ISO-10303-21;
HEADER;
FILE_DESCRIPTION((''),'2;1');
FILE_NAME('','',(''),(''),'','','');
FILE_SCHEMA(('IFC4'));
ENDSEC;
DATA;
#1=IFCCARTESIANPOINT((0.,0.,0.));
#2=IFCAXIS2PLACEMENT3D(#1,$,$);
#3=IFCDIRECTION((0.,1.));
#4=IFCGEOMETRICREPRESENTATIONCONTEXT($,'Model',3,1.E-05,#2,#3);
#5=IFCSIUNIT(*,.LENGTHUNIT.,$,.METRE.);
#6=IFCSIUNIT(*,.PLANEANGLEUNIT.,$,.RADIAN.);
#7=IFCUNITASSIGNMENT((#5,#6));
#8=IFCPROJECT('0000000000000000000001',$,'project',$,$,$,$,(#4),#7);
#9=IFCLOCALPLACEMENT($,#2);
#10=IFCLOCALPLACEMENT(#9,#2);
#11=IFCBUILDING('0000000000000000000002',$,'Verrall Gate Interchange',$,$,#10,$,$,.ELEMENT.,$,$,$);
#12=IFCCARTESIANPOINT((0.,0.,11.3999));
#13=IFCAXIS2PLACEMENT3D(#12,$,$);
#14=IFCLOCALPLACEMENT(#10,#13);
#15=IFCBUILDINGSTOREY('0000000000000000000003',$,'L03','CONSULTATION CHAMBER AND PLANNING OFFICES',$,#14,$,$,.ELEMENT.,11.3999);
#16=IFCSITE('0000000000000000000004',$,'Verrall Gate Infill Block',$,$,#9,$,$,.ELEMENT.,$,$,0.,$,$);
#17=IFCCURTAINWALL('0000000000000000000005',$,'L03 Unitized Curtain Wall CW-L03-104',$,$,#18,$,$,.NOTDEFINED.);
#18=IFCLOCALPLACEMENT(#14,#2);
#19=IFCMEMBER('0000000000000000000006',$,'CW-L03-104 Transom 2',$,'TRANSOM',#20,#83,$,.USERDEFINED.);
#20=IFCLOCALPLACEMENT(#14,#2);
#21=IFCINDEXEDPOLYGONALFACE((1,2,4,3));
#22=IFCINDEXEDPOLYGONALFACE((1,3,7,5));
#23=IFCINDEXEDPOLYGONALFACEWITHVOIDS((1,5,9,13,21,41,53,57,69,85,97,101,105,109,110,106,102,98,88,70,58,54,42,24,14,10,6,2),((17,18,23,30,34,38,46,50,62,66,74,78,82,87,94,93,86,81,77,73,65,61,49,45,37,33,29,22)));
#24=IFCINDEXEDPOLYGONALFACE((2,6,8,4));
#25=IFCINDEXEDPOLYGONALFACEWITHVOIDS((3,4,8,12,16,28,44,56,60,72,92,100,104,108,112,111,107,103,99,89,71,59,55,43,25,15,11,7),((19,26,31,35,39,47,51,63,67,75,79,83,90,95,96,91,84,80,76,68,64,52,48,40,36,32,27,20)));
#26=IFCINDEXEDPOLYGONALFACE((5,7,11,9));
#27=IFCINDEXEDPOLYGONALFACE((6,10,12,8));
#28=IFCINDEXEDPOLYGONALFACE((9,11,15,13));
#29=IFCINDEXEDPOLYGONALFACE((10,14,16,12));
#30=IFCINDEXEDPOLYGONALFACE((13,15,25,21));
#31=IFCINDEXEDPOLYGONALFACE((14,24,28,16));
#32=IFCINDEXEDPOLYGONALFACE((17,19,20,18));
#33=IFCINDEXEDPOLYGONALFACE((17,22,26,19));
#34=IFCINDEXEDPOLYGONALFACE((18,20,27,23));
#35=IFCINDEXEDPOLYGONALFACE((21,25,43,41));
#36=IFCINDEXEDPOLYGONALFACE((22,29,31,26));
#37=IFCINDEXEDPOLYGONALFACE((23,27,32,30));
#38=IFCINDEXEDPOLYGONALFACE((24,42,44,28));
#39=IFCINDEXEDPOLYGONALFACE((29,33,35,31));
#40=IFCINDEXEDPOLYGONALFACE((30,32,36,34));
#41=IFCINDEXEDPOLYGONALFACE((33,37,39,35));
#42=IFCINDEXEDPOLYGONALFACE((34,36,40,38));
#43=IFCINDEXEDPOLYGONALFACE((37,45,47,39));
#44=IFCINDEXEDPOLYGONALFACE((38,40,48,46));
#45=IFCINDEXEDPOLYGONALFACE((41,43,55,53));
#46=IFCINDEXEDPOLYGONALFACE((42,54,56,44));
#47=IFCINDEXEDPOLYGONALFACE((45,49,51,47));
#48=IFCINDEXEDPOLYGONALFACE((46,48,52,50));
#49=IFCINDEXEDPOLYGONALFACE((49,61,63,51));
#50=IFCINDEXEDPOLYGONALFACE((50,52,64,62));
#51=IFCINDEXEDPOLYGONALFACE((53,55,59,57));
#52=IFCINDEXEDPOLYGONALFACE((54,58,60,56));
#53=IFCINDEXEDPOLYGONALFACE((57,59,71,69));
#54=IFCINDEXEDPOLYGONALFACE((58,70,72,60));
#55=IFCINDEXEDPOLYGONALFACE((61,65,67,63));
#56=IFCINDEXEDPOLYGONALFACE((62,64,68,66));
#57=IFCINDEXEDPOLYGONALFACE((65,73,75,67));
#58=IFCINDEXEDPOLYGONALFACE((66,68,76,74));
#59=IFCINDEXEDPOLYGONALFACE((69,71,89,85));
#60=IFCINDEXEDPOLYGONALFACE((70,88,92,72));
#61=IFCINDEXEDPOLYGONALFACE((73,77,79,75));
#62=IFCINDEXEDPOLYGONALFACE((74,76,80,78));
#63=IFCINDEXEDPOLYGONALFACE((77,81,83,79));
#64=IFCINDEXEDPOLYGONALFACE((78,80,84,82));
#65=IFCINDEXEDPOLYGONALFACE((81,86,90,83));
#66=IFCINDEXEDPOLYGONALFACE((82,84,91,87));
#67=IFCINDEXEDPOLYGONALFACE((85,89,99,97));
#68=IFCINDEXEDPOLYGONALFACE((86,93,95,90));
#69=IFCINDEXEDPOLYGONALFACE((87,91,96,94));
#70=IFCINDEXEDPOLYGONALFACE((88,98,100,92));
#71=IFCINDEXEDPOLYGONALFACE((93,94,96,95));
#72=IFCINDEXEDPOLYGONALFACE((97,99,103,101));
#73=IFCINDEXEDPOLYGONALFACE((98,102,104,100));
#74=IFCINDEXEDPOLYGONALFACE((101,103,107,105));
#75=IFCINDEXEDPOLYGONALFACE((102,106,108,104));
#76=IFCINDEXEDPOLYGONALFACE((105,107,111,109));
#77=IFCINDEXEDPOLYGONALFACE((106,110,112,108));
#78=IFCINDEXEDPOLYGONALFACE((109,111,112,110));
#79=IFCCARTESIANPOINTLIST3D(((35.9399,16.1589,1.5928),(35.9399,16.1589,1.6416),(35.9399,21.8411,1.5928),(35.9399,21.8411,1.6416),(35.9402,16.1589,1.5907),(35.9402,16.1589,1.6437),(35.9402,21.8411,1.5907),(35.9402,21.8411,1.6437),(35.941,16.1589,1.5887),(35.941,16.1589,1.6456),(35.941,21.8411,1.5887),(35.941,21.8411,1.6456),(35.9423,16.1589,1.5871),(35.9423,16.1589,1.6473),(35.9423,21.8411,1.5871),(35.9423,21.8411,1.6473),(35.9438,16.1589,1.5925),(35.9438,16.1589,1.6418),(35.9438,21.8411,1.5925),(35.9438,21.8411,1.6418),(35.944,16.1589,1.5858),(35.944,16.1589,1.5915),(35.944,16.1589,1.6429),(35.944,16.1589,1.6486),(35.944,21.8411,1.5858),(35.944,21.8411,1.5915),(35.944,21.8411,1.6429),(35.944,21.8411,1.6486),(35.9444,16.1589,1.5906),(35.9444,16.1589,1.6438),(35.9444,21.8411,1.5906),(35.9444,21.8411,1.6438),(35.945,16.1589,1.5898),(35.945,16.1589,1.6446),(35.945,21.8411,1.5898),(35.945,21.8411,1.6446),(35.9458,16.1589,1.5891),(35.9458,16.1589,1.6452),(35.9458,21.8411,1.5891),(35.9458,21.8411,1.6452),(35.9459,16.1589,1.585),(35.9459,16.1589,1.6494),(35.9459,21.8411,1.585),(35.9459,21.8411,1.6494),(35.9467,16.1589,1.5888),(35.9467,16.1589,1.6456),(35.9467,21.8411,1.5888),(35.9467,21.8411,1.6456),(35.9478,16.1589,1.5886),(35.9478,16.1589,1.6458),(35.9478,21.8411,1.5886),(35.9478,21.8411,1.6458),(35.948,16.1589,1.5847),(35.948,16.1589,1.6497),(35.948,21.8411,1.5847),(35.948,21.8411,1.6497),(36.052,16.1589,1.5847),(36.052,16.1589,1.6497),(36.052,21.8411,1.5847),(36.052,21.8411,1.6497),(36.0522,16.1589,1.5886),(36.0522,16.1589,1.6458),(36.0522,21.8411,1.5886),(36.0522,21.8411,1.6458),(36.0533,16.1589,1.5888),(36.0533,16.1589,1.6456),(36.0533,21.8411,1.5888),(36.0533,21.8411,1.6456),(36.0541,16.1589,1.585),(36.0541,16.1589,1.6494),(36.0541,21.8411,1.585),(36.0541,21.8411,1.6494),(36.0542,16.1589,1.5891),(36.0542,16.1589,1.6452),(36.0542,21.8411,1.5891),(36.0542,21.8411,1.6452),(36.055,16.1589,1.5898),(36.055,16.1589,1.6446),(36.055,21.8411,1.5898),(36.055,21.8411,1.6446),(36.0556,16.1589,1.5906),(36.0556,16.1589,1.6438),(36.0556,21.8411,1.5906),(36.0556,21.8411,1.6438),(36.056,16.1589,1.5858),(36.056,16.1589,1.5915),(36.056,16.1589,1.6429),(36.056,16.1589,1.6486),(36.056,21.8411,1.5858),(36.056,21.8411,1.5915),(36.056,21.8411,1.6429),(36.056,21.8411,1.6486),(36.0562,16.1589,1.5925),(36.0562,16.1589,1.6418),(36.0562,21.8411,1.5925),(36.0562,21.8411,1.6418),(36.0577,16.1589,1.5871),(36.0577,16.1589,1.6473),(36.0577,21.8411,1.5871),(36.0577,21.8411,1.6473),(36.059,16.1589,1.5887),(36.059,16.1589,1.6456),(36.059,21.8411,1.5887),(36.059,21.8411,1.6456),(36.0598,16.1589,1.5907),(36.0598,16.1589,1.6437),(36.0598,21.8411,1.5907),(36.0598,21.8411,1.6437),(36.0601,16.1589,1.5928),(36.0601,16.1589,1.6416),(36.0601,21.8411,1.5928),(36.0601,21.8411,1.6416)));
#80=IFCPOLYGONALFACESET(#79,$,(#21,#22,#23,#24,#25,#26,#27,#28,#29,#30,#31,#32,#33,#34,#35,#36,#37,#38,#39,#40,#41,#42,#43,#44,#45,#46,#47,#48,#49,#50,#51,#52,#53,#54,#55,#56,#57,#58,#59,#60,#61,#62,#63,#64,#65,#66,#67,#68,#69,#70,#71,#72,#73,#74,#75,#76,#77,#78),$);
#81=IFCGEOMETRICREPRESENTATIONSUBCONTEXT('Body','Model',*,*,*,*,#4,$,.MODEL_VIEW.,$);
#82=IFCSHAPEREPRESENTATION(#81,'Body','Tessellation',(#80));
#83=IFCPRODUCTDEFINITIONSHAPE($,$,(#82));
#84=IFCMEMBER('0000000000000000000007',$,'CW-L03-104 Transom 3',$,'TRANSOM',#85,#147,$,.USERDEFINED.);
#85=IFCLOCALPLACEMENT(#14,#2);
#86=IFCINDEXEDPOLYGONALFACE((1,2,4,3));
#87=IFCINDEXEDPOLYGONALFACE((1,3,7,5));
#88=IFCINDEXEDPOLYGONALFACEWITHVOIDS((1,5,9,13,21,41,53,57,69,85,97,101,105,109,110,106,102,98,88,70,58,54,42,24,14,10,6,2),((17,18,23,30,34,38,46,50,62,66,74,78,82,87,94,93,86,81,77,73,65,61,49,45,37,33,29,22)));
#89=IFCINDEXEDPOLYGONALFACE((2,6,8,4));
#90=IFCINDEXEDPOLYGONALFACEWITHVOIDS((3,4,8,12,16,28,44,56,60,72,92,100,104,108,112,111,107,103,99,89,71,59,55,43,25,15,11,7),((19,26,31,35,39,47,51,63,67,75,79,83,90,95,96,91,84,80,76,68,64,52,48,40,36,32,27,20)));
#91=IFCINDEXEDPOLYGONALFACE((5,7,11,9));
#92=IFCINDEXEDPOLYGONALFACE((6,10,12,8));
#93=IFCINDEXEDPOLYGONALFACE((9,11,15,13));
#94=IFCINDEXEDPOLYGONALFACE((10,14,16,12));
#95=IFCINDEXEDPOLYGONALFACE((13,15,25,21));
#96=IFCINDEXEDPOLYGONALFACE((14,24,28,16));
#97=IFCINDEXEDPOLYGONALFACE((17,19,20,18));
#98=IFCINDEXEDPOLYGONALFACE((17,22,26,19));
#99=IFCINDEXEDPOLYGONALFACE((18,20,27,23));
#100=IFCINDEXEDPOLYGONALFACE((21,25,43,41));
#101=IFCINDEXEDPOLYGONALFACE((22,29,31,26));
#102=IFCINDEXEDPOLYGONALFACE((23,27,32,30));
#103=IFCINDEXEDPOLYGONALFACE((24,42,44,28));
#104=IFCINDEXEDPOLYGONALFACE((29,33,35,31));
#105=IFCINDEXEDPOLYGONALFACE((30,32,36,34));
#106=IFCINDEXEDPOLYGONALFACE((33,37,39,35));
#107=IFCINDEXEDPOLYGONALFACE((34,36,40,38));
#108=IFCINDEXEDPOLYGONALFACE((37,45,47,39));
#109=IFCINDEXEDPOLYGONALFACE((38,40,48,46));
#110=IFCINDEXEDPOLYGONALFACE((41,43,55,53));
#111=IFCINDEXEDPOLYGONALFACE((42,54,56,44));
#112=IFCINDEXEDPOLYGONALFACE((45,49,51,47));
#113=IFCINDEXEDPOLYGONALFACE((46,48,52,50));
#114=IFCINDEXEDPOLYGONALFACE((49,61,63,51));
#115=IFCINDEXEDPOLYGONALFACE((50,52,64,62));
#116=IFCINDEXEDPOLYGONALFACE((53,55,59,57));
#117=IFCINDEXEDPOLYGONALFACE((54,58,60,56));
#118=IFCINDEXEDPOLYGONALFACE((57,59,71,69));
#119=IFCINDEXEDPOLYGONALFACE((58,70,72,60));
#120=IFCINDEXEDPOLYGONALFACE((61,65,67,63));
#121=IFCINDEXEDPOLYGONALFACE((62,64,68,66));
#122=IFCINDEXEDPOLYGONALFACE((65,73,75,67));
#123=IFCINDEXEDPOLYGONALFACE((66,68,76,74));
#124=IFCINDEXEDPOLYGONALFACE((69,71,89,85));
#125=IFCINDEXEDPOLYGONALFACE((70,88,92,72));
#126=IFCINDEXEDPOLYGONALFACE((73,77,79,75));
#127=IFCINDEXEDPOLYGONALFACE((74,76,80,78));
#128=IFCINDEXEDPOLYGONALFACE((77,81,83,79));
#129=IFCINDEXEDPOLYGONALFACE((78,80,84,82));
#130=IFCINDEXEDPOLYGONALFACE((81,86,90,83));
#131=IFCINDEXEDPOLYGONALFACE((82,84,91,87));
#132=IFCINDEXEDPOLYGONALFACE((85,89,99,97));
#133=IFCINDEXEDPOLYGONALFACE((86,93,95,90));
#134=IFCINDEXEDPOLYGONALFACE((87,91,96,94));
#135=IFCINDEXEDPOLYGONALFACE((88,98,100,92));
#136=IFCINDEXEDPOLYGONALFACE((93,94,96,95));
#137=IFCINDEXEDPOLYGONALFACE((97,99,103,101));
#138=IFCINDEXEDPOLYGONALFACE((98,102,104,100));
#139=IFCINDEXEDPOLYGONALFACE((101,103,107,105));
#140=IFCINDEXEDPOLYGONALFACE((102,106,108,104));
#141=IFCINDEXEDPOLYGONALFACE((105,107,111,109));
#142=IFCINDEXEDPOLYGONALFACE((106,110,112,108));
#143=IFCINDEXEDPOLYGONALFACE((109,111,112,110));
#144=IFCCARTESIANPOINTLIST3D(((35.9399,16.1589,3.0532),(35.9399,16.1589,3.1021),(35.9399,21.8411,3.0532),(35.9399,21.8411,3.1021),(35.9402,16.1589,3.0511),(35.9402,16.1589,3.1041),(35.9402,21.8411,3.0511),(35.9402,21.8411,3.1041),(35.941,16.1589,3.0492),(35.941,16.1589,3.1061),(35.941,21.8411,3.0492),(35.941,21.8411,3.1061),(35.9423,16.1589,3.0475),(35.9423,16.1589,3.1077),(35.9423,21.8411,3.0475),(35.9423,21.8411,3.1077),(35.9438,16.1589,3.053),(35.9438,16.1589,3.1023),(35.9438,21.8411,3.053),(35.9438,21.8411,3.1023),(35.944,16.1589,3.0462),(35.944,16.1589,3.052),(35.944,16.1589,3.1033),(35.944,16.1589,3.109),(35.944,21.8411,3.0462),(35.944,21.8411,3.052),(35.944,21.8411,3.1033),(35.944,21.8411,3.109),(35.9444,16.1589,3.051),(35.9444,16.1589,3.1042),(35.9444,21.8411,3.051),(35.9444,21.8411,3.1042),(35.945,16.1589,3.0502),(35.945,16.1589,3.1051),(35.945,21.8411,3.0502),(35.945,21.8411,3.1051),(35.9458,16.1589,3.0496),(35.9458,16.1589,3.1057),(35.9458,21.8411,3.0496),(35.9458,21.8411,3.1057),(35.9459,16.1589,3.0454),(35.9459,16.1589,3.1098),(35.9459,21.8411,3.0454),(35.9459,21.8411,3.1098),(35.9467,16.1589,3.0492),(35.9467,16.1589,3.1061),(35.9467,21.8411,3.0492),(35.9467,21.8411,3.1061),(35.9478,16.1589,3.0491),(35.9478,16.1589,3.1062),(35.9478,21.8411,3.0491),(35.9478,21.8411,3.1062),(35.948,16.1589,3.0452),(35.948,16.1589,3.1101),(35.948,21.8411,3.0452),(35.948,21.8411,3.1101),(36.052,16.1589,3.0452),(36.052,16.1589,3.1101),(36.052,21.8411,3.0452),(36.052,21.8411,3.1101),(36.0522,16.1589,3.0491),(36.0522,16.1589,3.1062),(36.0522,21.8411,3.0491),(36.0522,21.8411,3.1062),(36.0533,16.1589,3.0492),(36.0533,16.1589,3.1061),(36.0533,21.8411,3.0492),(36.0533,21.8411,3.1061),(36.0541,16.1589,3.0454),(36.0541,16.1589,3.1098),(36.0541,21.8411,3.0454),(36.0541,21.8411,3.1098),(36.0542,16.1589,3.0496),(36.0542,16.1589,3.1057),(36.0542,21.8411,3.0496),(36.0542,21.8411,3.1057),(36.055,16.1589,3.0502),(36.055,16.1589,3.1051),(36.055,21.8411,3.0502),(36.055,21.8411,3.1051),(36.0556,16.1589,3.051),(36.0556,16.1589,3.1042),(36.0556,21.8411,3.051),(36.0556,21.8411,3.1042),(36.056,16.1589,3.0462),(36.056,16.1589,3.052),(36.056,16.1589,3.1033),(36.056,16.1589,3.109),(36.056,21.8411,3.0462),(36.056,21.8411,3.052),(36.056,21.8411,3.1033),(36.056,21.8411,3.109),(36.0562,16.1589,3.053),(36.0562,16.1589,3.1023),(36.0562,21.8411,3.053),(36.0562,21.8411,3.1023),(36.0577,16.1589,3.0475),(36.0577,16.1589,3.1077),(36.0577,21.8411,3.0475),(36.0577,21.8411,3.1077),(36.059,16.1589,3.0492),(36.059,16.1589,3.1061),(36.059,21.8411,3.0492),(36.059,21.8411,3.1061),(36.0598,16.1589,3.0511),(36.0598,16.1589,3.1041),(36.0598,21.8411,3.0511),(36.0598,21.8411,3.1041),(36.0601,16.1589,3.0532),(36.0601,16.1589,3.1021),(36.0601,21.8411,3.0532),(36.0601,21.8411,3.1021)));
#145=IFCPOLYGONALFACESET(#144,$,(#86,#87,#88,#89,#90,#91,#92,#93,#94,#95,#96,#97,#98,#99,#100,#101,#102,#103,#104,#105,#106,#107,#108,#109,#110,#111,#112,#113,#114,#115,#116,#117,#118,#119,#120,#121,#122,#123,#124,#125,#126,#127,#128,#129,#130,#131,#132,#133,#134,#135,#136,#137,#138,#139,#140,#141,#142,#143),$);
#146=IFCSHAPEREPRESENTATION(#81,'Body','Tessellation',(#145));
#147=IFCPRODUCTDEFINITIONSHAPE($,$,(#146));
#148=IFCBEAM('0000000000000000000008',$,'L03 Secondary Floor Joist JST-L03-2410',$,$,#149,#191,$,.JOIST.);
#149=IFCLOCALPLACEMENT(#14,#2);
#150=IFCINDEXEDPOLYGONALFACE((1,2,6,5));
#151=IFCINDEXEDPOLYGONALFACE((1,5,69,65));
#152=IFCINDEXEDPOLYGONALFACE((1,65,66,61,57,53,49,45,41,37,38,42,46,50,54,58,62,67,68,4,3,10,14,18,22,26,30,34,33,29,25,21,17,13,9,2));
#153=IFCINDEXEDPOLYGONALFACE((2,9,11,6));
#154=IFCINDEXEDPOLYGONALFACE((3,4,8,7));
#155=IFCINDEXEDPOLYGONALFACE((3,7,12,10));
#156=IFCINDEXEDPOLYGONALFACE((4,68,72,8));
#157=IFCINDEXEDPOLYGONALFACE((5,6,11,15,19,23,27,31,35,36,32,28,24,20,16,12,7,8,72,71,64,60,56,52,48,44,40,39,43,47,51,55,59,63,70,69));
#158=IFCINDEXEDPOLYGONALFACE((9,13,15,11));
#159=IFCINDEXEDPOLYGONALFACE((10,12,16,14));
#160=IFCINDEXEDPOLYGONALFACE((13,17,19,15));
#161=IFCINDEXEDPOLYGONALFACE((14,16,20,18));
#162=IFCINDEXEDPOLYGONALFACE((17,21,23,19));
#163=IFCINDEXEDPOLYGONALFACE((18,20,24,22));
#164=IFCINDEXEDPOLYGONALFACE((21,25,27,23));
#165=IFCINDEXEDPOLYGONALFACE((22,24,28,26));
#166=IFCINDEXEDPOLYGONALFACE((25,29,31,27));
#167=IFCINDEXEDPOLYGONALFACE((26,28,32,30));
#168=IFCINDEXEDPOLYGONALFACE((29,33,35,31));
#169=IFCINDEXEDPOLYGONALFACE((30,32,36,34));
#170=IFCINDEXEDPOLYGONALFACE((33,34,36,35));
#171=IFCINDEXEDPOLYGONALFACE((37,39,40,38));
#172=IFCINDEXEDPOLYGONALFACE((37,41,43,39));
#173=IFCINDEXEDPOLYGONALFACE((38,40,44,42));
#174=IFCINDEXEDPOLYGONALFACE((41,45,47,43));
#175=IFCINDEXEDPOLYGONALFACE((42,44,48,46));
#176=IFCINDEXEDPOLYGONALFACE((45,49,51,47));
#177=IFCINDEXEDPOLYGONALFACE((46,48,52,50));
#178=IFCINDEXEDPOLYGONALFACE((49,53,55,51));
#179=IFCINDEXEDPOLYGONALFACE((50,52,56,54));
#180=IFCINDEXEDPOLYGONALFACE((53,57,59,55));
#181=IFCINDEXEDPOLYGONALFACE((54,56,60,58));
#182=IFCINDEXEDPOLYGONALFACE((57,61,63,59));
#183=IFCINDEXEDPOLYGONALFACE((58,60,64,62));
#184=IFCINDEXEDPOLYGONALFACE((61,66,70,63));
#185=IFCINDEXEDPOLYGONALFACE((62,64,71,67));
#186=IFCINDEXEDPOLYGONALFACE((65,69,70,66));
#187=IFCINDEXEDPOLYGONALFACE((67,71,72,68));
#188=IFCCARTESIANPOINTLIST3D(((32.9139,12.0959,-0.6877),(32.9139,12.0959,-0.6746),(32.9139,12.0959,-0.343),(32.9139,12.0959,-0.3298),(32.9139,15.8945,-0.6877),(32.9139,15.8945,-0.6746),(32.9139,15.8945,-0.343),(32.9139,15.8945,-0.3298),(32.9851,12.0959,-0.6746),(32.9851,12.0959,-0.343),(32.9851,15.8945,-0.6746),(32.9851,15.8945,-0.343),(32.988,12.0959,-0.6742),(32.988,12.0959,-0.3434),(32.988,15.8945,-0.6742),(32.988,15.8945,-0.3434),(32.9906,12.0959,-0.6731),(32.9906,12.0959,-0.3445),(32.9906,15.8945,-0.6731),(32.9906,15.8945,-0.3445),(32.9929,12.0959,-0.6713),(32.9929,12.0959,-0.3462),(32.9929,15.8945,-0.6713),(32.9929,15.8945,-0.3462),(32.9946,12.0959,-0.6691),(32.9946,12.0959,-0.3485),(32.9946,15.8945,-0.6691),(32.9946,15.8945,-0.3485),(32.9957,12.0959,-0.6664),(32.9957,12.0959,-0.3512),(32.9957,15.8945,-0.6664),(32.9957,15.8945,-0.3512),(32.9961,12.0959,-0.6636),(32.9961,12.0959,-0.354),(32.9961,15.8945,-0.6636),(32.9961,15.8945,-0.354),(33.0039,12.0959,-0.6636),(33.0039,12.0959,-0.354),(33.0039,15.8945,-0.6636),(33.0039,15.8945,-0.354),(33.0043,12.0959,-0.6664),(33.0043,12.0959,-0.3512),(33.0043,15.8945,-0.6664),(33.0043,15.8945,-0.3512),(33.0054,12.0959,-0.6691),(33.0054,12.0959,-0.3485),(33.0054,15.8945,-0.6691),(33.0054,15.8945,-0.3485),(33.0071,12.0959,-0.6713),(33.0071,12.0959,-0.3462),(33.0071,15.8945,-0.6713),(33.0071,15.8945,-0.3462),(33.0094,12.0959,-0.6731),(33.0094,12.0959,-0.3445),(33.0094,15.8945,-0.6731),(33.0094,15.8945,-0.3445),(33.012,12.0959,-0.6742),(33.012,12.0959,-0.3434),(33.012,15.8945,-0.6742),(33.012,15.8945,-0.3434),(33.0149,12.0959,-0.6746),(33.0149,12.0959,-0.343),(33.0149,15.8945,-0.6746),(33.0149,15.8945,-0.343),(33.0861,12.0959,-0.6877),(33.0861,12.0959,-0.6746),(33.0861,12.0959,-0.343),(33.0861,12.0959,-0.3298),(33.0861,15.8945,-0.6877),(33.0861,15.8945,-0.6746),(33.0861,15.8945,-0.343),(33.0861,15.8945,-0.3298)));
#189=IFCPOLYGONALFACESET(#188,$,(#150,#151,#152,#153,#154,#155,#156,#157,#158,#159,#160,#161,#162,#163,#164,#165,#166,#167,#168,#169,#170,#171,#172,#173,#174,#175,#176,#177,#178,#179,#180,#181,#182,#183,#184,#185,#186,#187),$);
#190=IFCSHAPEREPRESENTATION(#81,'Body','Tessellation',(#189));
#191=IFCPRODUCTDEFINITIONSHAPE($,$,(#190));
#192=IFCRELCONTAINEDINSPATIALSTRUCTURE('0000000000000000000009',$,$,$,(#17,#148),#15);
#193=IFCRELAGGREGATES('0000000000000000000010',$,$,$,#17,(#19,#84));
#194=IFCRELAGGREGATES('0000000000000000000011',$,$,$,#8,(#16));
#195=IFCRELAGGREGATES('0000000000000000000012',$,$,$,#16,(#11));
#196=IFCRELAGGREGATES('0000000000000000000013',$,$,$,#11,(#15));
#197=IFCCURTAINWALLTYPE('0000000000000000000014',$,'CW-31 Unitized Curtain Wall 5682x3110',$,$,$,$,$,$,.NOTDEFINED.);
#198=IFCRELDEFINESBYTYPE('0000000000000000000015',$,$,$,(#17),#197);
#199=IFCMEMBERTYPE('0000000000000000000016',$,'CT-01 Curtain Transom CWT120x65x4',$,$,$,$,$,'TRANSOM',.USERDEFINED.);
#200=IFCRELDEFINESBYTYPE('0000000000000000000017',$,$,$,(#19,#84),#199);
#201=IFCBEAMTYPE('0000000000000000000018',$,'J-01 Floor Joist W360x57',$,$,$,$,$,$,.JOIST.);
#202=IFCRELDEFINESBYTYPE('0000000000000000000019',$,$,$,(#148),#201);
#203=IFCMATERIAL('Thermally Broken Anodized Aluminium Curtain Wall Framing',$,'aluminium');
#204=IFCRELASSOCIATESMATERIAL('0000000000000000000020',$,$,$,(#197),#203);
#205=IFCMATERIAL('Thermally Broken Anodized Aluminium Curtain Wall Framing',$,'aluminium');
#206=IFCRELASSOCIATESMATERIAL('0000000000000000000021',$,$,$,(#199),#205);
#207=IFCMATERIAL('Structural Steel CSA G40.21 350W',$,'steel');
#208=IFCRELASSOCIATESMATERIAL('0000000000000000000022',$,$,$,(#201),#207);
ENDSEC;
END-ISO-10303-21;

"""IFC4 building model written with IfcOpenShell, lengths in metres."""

from ifc_helpers import new_model, si_unit, direction, frame, origin, origin_2d, place, context, subcontext, project, spatial, hollow_rectangle, i_section, extrude, material, material_profile, profile_set, type_object, element, aggregate, save


model = new_model("IFC4")

# Units and contexts
model_context = context("Model", 3, precision=1e-05, world=origin(), true_north=direction((0.0, 1.0)))
body_context = subcontext(model_context, "Body", "Model", "MODEL_VIEW")
ifc_project = project(units=[si_unit("LENGTHUNIT", "METRE"), si_unit("PLANEANGLEUNIT", "RADIAN")], contexts=[model_context])

# Site, building, storey
site_placement = place(None, origin())
site = spatial("IfcSite", under=ifc_project, at=site_placement, Name="Verrall Gate Infill Block", CompositionType="ELEMENT", RefElevation=0.0)
building_placement = place(site_placement, origin())
building = spatial("IfcBuilding", under=site, at=building_placement, Name="Verrall Gate Interchange", CompositionType="ELEMENT")
storey_placement = place(building_placement, frame((0.0, 0.0, 11.3999)))
storey = spatial("IfcBuildingStorey", under=building, at=storey_placement, Name="L03", Description="CONSULTATION CHAMBER AND PLANNING OFFICES", CompositionType="ELEMENT", Elevation=11.3999)

# Curtain wall, members
ifc_material_1 = material(Name="Thermally Broken Anodized Aluminium Curtain Wall Framing", Category="aluminium")
curtain_wall_type = type_object("IfcCurtainWallType", Name="CW-31 Unitized Curtain Wall 5682x3110", PredefinedType="NOTDEFINED", material=ifc_material_1)
curtain_wall_placement = place(storey_placement, origin())
curtain_wall = element("IfcCurtainWall", 1, at=curtain_wall_placement, inside=storey, type_object=curtain_wall_type, Name="L03 Unitized Curtain Wall CW-L03-104", PredefinedType="NOTDEFINED")
ifc_material_2 = material(Name="Thermally Broken Anodized Aluminium Curtain Wall Framing", Category="aluminium")
ifc_material_profile_1 = material_profile(ifc_material_2, hollow_rectangle(XDim=0.1201, YDim=0.0649, WallThickness=0.0039, InnerFilletRadius=0.0039, OuterFilletRadius=0.0081, at=origin_2d()), Name="CWT120x65x4")
ifc_profile_set_1 = profile_set([ifc_material_profile_1], Name="Thermally Broken Anodized Aluminium Curtain Wall Framing")
member_type_1 = type_object("IfcMemberType", Name="CT-01 Curtain Transom CWT120x65x4", ElementType="TRANSOM", PredefinedType="USERDEFINED", material=ifc_profile_set_1)
member_1_placement = place(storey_placement, frame((36.0, 16.1589, 1.6172), z_axis=(0.0, 1.0, 0.0), x_axis=(-1.0, 0.0, 0.0)))
member_1 = element("IfcMember", 2, at=member_1_placement, type_object=member_type_1, Name="CW-L03-104 Transom 2", ObjectType="TRANSOM", PredefinedType="USERDEFINED", context=body_context, shape_type="SweptSolid", body=[
    extrude(hollow_rectangle(XDim=0.1201, YDim=0.0649, WallThickness=0.0039, InnerFilletRadius=0.0039, OuterFilletRadius=0.0081, at=origin_2d()), origin(), (0.0, 0.0, 1.0), 5.6821),
])
member_2_placement = place(storey_placement, frame((36.0, 16.1589, 3.0776), z_axis=(0.0, 1.0, 0.0), x_axis=(-1.0, 0.0, 0.0)))
member_2 = element("IfcMember", 3, at=member_2_placement, type_object=member_type_1, Name="CW-L03-104 Transom 3", ObjectType="TRANSOM", PredefinedType="USERDEFINED", context=body_context, shape_type="SweptSolid", body=[
    extrude(hollow_rectangle(XDim=0.1201, YDim=0.0649, WallThickness=0.0039, InnerFilletRadius=0.0039, OuterFilletRadius=0.0081, at=origin_2d()), origin(), (0.0, 0.0, 1.0), 5.6821),
])

# Beam
ifc_material_3 = material(Name="Structural Steel CSA G40.21 350W", Category="steel")
ifc_material_profile_2 = material_profile(ifc_material_3, i_section(OverallWidth=0.1721, OverallDepth=0.3579, WebThickness=0.0078, FlangeThickness=0.0132, FilletRadius=0.011, at=origin_2d()), Name="W360x57")
ifc_profile_set_2 = profile_set([ifc_material_profile_2], Name="Structural Steel CSA G40.21 350W")
beam_type_1 = type_object("IfcBeamType", Name="J-01 Floor Joist W360x57", PredefinedType="JOIST", material=ifc_profile_set_2)
beam_1_placement = place(storey_placement, frame((33.0, 12.0959, -0.5088), z_axis=(0.0, 1.0, 0.0), x_axis=(-1.0, 0.0, 0.0)))
element("IfcBeam", 4, at=beam_1_placement, inside=storey, type_object=beam_type_1, Name="L03 Secondary Floor Joist JST-L03-2410", PredefinedType="JOIST", context=body_context, shape_type="SweptSolid", body=[
    extrude(i_section(OverallWidth=0.1721, OverallDepth=0.3579, WebThickness=0.0078, FlangeThickness=0.0132, FilletRadius=0.011, at=origin_2d()), origin(), (0.0, 0.0, 1.0), 3.7986),
])

aggregate(curtain_wall, [member_1, member_2])

save(model, "model.ifc")
